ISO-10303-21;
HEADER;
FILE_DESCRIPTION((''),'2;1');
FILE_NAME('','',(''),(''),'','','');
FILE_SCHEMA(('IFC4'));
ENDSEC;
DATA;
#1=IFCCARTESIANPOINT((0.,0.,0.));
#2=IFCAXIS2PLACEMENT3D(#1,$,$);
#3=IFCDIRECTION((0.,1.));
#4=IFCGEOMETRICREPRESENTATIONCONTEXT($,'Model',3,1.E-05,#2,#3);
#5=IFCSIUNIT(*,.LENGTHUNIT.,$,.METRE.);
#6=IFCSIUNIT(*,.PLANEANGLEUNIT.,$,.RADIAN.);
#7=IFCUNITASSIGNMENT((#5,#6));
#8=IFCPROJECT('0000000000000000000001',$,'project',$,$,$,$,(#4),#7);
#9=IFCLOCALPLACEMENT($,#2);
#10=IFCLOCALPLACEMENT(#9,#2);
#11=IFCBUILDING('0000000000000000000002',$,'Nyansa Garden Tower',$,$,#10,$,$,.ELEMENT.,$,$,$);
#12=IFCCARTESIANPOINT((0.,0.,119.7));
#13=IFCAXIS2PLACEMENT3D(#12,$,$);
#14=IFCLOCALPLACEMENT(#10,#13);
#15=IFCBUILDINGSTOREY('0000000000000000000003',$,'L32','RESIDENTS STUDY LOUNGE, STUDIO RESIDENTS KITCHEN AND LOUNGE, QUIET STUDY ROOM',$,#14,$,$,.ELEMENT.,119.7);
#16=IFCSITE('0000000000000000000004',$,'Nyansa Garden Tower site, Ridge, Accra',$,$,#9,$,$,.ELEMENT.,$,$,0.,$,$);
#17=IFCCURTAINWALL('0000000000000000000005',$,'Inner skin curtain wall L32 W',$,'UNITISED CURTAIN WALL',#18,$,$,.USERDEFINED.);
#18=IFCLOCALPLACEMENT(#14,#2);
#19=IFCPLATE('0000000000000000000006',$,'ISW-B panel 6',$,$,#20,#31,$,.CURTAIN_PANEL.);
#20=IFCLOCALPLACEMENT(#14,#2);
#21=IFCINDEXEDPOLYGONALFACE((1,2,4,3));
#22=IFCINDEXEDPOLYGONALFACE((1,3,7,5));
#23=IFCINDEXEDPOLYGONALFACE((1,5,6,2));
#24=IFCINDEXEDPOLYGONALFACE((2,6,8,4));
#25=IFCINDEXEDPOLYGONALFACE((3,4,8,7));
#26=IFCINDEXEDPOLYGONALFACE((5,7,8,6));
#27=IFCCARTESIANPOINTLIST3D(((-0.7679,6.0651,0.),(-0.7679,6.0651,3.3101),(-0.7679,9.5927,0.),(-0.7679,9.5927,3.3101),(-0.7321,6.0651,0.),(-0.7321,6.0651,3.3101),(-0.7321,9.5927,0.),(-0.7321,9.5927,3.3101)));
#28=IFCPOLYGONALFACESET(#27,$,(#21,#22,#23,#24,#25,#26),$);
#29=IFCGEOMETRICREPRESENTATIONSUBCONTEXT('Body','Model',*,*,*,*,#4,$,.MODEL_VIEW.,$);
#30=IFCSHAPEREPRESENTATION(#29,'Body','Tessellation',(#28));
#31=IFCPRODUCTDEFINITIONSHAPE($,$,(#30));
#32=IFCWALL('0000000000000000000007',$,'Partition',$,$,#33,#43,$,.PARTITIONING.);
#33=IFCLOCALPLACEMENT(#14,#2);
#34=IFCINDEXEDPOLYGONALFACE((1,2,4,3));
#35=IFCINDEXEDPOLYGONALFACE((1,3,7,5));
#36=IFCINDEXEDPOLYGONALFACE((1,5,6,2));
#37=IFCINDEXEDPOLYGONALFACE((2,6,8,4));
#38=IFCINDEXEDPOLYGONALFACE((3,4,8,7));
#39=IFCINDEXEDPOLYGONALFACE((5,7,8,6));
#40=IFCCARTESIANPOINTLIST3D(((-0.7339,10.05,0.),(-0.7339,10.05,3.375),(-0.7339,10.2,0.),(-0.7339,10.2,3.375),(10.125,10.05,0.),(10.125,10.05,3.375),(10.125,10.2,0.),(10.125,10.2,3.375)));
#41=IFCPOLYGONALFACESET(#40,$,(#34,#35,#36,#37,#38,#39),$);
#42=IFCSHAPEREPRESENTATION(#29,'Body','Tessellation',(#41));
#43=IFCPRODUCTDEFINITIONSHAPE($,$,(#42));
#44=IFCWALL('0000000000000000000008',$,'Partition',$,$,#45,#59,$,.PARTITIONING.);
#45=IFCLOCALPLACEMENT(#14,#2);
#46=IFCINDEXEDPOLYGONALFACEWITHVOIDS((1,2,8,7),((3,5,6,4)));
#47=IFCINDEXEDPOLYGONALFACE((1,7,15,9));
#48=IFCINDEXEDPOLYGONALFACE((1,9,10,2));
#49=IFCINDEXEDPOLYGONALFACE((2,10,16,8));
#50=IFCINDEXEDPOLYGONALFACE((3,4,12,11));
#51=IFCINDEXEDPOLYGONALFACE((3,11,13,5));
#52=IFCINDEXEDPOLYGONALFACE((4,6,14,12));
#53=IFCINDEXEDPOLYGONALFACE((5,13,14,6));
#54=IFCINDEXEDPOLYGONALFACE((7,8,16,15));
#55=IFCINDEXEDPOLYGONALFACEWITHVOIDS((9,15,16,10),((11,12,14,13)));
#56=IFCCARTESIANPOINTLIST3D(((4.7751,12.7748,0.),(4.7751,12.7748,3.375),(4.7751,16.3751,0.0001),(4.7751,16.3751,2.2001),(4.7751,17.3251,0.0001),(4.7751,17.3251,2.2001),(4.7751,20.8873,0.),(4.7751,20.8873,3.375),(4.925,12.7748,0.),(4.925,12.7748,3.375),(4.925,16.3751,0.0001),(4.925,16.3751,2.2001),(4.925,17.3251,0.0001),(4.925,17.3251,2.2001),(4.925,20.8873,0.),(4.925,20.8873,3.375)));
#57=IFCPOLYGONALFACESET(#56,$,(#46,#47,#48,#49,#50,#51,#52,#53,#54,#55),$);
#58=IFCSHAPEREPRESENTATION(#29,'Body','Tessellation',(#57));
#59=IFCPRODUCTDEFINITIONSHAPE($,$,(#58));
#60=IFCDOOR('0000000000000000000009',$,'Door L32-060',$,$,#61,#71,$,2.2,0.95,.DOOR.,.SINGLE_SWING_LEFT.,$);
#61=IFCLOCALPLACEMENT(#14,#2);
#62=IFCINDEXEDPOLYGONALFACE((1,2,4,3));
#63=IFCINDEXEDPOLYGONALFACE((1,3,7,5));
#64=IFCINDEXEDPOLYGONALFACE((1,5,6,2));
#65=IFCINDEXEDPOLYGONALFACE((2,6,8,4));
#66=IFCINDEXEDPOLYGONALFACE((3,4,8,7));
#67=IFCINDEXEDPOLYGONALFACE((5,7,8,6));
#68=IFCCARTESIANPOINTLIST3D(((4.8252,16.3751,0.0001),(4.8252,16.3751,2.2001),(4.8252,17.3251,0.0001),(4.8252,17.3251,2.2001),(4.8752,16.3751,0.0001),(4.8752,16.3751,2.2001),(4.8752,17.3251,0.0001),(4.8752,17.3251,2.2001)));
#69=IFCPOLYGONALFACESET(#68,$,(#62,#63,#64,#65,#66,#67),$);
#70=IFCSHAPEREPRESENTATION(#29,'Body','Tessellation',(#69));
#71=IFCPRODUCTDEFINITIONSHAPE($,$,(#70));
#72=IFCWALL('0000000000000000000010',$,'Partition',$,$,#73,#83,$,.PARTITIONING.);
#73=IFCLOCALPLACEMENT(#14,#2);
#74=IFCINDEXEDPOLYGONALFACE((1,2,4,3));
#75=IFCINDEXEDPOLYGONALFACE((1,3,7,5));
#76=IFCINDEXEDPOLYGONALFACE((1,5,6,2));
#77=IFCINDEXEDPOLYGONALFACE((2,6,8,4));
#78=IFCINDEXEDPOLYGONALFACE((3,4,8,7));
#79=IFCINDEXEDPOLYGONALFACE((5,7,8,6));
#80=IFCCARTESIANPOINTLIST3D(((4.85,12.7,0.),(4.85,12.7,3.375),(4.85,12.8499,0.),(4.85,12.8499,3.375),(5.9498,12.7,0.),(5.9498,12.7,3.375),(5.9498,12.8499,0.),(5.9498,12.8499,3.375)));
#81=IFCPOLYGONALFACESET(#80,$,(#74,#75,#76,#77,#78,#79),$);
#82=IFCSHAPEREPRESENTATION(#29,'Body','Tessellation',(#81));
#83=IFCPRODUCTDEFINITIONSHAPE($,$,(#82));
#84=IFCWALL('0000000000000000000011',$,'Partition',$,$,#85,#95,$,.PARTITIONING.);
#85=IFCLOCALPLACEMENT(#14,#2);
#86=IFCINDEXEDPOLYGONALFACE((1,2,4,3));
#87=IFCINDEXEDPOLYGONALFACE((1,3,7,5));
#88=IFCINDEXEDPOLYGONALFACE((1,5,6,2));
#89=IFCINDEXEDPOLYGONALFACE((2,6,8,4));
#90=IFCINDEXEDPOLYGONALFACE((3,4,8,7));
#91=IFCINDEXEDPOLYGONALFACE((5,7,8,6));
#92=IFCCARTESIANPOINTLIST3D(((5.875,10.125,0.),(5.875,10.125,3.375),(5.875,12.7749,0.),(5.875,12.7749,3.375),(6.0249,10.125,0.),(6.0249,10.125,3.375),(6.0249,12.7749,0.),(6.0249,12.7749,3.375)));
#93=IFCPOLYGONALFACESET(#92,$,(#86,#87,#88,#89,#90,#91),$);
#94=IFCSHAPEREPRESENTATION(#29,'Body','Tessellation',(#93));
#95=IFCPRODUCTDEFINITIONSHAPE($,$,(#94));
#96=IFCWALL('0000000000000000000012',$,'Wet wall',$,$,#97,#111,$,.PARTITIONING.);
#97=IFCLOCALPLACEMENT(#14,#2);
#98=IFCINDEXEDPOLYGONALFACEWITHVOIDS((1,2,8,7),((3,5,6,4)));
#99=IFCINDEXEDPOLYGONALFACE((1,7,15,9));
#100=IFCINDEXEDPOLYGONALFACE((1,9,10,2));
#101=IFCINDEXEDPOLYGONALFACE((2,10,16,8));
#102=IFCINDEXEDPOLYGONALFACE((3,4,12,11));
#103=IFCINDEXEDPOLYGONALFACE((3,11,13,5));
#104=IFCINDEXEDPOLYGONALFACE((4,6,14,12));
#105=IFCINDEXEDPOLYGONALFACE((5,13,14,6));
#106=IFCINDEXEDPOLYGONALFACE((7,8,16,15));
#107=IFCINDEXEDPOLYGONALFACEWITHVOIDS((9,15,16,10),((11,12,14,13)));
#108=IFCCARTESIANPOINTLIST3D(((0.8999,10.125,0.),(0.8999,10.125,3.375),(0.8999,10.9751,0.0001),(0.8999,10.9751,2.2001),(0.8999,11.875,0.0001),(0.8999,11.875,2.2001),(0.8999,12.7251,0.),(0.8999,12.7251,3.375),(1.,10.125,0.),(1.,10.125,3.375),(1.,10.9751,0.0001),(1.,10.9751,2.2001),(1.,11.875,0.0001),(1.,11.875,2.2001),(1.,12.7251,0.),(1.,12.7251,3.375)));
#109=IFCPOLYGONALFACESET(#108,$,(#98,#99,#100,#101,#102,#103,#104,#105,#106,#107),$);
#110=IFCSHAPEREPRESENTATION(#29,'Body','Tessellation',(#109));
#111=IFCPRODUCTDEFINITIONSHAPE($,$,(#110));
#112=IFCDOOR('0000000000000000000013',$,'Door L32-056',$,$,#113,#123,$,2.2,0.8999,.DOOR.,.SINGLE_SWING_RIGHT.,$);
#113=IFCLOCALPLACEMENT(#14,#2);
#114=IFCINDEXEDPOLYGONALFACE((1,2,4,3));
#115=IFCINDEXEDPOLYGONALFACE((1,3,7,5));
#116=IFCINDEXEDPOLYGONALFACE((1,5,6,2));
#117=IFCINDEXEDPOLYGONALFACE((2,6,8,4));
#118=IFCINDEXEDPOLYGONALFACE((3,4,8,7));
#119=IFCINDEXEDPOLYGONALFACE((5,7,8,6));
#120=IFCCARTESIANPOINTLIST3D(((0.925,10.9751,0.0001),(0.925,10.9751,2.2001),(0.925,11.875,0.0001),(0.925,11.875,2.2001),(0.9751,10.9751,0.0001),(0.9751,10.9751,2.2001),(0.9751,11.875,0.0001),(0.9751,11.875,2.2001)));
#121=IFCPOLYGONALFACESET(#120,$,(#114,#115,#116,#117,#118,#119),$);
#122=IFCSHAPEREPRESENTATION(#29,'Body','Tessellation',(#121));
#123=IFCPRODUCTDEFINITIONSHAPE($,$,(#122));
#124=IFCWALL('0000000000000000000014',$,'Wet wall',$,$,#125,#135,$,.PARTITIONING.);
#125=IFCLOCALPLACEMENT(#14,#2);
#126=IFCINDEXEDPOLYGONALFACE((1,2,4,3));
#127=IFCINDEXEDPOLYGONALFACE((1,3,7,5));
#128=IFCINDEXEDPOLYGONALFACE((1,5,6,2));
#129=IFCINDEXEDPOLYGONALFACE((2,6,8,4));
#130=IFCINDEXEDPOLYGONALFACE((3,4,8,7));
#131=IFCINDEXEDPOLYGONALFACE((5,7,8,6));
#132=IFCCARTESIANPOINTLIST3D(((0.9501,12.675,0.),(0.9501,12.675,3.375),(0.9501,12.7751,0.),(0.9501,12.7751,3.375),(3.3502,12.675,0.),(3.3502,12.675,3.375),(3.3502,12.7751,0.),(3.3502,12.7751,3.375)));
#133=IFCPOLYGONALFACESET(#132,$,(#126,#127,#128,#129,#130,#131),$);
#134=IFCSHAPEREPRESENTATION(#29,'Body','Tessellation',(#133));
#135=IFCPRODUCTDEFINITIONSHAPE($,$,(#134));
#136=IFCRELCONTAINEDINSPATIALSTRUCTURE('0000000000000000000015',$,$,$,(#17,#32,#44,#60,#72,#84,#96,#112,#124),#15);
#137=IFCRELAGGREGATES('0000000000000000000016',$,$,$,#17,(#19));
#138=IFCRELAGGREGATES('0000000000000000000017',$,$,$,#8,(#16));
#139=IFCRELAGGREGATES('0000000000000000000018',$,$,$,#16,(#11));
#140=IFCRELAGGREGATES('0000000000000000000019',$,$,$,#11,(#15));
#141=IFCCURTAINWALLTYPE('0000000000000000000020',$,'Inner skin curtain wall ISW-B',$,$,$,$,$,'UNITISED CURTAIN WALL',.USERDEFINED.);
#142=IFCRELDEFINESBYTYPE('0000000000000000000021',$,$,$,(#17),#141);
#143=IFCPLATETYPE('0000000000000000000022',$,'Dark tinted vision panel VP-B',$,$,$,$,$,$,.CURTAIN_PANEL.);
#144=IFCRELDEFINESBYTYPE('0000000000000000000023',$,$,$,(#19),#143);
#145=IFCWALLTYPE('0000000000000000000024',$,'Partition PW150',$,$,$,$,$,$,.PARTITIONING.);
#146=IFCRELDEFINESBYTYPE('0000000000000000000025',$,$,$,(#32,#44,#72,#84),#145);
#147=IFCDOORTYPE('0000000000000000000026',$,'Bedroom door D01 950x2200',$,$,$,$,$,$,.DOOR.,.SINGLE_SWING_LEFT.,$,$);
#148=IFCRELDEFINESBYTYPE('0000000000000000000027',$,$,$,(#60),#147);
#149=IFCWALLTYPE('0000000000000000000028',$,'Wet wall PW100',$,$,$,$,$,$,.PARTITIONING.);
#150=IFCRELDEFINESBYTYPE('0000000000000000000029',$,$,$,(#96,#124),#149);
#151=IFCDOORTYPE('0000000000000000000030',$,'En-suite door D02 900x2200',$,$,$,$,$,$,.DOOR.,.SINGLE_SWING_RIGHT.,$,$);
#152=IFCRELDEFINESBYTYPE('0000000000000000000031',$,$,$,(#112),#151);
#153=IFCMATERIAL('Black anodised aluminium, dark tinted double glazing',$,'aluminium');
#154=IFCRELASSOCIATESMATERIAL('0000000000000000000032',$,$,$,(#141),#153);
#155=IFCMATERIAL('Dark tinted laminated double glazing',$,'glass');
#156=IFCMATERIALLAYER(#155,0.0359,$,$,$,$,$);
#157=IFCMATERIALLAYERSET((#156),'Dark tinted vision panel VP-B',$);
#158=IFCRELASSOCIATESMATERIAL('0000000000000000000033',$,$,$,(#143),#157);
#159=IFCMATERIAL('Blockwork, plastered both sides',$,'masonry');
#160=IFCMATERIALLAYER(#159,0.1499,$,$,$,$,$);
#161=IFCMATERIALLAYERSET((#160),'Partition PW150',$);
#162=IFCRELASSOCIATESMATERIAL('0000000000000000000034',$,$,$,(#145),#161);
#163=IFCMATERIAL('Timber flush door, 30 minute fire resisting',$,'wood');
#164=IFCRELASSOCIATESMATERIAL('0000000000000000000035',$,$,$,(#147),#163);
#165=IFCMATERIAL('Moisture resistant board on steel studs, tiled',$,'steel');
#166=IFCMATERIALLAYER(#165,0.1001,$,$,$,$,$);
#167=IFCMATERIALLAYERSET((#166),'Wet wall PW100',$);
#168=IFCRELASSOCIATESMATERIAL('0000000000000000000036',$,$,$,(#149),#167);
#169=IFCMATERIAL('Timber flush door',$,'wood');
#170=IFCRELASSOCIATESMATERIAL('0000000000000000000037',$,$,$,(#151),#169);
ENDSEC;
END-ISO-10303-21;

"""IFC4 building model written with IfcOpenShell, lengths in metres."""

from ifc_helpers import new_model, si_unit, direction, frame, frame_2d, origin, origin_2d, place, context, subcontext, project, spatial, rectangle, extrude, material, layer, layer_set, type_object, element, fill, aggregate, save


model = new_model("IFC4")

# Units and contexts
model_context = context("Model", 3, precision=1e-05, world=origin(), true_north=direction((0.0, 1.0)))
body_context = subcontext(model_context, "Body", "Model", "MODEL_VIEW")
ifc_project = project(units=[si_unit("LENGTHUNIT", "METRE"), si_unit("PLANEANGLEUNIT", "RADIAN")], contexts=[model_context])

# Site, building, storey
site_placement = place(None, origin())
site = spatial("IfcSite", under=ifc_project, at=site_placement, Name="Nyansa Garden Tower site, Ridge, Accra", CompositionType="ELEMENT", RefElevation=0.0)
building_placement = place(site_placement, origin())
building = spatial("IfcBuilding", under=site, at=building_placement, Name="Nyansa Garden Tower", CompositionType="ELEMENT")
storey_placement = place(building_placement, frame((0.0, 0.0, 119.7)))
storey = spatial("IfcBuildingStorey", under=building, at=storey_placement, Name="L32", Description="RESIDENTS STUDY LOUNGE, STUDIO RESIDENTS KITCHEN AND LOUNGE, QUIET STUDY ROOM", CompositionType="ELEMENT", Elevation=119.7)

# Curtain wall
ifc_material_1 = material(Name="Black anodised aluminium, dark tinted double glazing", Category="aluminium")
curtain_wall_type = type_object("IfcCurtainWallType", Name="Inner skin curtain wall ISW-B", ElementType="UNITISED CURTAIN WALL", PredefinedType="USERDEFINED", material=ifc_material_1)
curtain_wall_placement = place(storey_placement, origin())
curtain_wall = element("IfcCurtainWall", 1, at=curtain_wall_placement, inside=storey, type_object=curtain_wall_type, Name="Inner skin curtain wall L32 W", ObjectType="UNITISED CURTAIN WALL", PredefinedType="USERDEFINED")

# Plate
ifc_material_2 = material(Name="Dark tinted laminated double glazing", Category="glass")
ifc_layer_1 = layer(ifc_material_2, 0.0359)
ifc_layer_set_1 = layer_set([ifc_layer_1], Name="Dark tinted vision panel VP-B")
plate_type = type_object("IfcPlateType", Name="Dark tinted vision panel VP-B", PredefinedType="CURTAIN_PANEL", material=ifc_layer_set_1)
plate_1_placement = place(storey_placement, frame((-0.75, 7.8289, 0.0), z_axis=(0.0, 0.0, 1.0), x_axis=(0.0, -1.0, 0.0)))
plate_1 = element("IfcPlate", 2, at=plate_1_placement, type_object=plate_type, Name="ISW-B panel 6", PredefinedType="CURTAIN_PANEL", context=body_context, shape_type="SweptSolid", body=[
    extrude(rectangle(XDim=3.5276, YDim=0.0359, at=origin_2d()), origin(), (0.0, 0.0, 1.0), 3.3101),
])
aggregate(curtain_wall, [plate_1])

# Wall
ifc_material_3 = material(Name="Blockwork, plastered both sides", Category="masonry")
ifc_layer_2 = layer(ifc_material_3, 0.1499)
ifc_layer_set_2 = layer_set([ifc_layer_2], Name="Partition PW150")
wall_type_1 = type_object("IfcWallType", Name="Partition PW150", PredefinedType="PARTITIONING", material=ifc_layer_set_2)
wall_1_placement = place(storey_placement, frame((-0.7339, 10.125, 0.0), z_axis=(0.0, 0.0, 1.0), x_axis=(1.0, 0.0, 0.0)))
element("IfcWall", 3, at=wall_1_placement, inside=storey, type_object=wall_type_1, Name="Partition", PredefinedType="PARTITIONING", context=body_context, shape_type="SweptSolid", body=[
    extrude(rectangle(XDim=10.8589, YDim=0.1499, at=frame_2d((5.4294, 0.0))), origin(), (0.0, 0.0, 1.0), 3.375),
])

# Wall, opening, door
wall_2_placement = place(storey_placement, frame((4.8501, 12.7749, 0.0), z_axis=(0.0, 0.0, 1.0), x_axis=(0.0, 1.0, 0.0)))
wall_2 = element("IfcWall", 4, at=wall_2_placement, inside=storey, type_object=wall_type_1, Name="Partition", PredefinedType="PARTITIONING", context=body_context, shape_type="SweptSolid", body=[
    extrude(rectangle(XDim=8.1125, YDim=0.1499, at=frame_2d((4.0562, 0.0))), origin(), (0.0, 0.0, 1.0), 3.375),
])
opening_1_placement = place(wall_2_placement, frame((3.6001, 0.0, 0.0)))
opening_1 = element("IfcOpeningElement", 5, at=opening_1_placement, cuts=wall_2, PredefinedType="OPENING", context=body_context, shape_type="SweptSolid", body=[
    extrude(rectangle(XDim=0.95, YDim=2.2, at=frame_2d((0.4751, 1.1001))), frame((0.0, 0.085, 0.0), z_axis=(0.0, -1.0, 0.0), x_axis=(1.0, 0.0, 0.0)), (0.0, 0.0, 1.0), 0.1699),
])
ifc_material_4 = material(Name="Timber flush door, 30 minute fire resisting", Category="wood")
door_type_1 = type_object("IfcDoorType", Name="Bedroom door D01 950x2200", OperationType="SINGLE_SWING_LEFT", PredefinedType="DOOR", material=ifc_material_4)
door_1_placement = place(opening_1_placement, origin())
door_1 = element("IfcDoor", 6, at=door_1_placement, inside=storey, type_object=door_type_1, Name="Door L32-060", OperationType="SINGLE_SWING_LEFT", OverallHeight=2.2, OverallWidth=0.95, PredefinedType="DOOR", context=body_context, shape_type="SweptSolid", body=[
    extrude(rectangle(XDim=0.95, YDim=2.2, at=frame_2d((0.4751, 1.1001))), frame((0.0, 0.0249, 0.0), z_axis=(0.0, -1.0, 0.0), x_axis=(1.0, 0.0, 0.0)), (0.0, 0.0, 1.0), 0.05),
])
fill(opening_1, door_1)

# Walls
wall_3_placement = place(storey_placement, frame((4.8501, 12.7749, 0.0), z_axis=(0.0, 0.0, 1.0), x_axis=(1.0, 0.0, 0.0)))
element("IfcWall", 7, at=wall_3_placement, inside=storey, type_object=wall_type_1, Name="Partition", PredefinedType="PARTITIONING", context=body_context, shape_type="SweptSolid", body=[
    extrude(rectangle(XDim=1.0999, YDim=0.1499, at=frame_2d((0.5498, 0.0))), origin(), (0.0, 0.0, 1.0), 3.375),
])
wall_4_placement = place(storey_placement, frame((5.95, 10.125, 0.0), z_axis=(0.0, 0.0, 1.0), x_axis=(0.0, 1.0, 0.0)))
element("IfcWall", 8, at=wall_4_placement, inside=storey, type_object=wall_type_1, Name="Partition", PredefinedType="PARTITIONING", context=body_context, shape_type="SweptSolid", body=[
    extrude(rectangle(XDim=2.6499, YDim=0.1499, at=frame_2d((1.325, 0.0))), origin(), (0.0, 0.0, 1.0), 3.375),
])

# Wall, opening, door
ifc_material_5 = material(Name="Moisture resistant board on steel studs, tiled", Category="steel")
ifc_layer_3 = layer(ifc_material_5, 0.1001)
ifc_layer_set_3 = layer_set([ifc_layer_3], Name="Wet wall PW100")
wall_type_2 = type_object("IfcWallType", Name="Wet wall PW100", PredefinedType="PARTITIONING", material=ifc_layer_set_3)
wall_5_placement = place(storey_placement, frame((0.95, 10.125, 0.0), z_axis=(0.0, 0.0, 1.0), x_axis=(0.0, 1.0, 0.0)))
wall_5 = element("IfcWall", 9, at=wall_5_placement, inside=storey, type_object=wall_type_2, Name="Wet wall", PredefinedType="PARTITIONING", context=body_context, shape_type="SweptSolid", body=[
    extrude(rectangle(XDim=2.6001, YDim=0.1001, at=frame_2d((1.3, 0.0))), origin(), (0.0, 0.0, 1.0), 3.375),
])
opening_2_placement = place(wall_5_placement, frame((0.8501, 0.0, 0.0)))
opening_2 = element("IfcOpeningElement", 10, at=opening_2_placement, cuts=wall_5, PredefinedType="OPENING", context=body_context, shape_type="SweptSolid", body=[
    extrude(rectangle(XDim=0.8999, YDim=2.2, at=frame_2d((0.45, 1.1001))), frame((0.0, 0.0601, 0.0), z_axis=(0.0, -1.0, 0.0), x_axis=(1.0, 0.0, 0.0)), (0.0, 0.0, 1.0), 0.1201),
])
ifc_material_6 = material(Name="Timber flush door", Category="wood")
door_type_2 = type_object("IfcDoorType", Name="En-suite door D02 900x2200", OperationType="SINGLE_SWING_RIGHT", PredefinedType="DOOR", material=ifc_material_6)
door_2_placement = place(opening_2_placement, origin())
door_2 = element("IfcDoor", 11, at=door_2_placement, inside=storey, type_object=door_type_2, Name="Door L32-056", OperationType="SINGLE_SWING_RIGHT", OverallHeight=2.2, OverallWidth=0.8999, PredefinedType="DOOR", context=body_context, shape_type="SweptSolid", body=[
    extrude(rectangle(XDim=0.8999, YDim=2.2, at=frame_2d((0.45, 1.1001))), frame((0.0, 0.0249, 0.0), z_axis=(0.0, -1.0, 0.0), x_axis=(1.0, 0.0, 0.0)), (0.0, 0.0, 1.0), 0.05),
])
fill(opening_2, door_2)

# Wall
wall_6_placement = place(storey_placement, frame((0.95, 12.7251, 0.0), z_axis=(0.0, 0.0, 1.0), x_axis=(1.0, 0.0, 0.0)))
element("IfcWall", 12, at=wall_6_placement, inside=storey, type_object=wall_type_2, Name="Wet wall", PredefinedType="PARTITIONING", context=body_context, shape_type="SweptSolid", body=[
    extrude(rectangle(XDim=2.4001, YDim=0.1001, at=frame_2d((1.2002, 0.0))), origin(), (0.0, 0.0, 1.0), 3.375),
])

save(model, "model.ifc")
